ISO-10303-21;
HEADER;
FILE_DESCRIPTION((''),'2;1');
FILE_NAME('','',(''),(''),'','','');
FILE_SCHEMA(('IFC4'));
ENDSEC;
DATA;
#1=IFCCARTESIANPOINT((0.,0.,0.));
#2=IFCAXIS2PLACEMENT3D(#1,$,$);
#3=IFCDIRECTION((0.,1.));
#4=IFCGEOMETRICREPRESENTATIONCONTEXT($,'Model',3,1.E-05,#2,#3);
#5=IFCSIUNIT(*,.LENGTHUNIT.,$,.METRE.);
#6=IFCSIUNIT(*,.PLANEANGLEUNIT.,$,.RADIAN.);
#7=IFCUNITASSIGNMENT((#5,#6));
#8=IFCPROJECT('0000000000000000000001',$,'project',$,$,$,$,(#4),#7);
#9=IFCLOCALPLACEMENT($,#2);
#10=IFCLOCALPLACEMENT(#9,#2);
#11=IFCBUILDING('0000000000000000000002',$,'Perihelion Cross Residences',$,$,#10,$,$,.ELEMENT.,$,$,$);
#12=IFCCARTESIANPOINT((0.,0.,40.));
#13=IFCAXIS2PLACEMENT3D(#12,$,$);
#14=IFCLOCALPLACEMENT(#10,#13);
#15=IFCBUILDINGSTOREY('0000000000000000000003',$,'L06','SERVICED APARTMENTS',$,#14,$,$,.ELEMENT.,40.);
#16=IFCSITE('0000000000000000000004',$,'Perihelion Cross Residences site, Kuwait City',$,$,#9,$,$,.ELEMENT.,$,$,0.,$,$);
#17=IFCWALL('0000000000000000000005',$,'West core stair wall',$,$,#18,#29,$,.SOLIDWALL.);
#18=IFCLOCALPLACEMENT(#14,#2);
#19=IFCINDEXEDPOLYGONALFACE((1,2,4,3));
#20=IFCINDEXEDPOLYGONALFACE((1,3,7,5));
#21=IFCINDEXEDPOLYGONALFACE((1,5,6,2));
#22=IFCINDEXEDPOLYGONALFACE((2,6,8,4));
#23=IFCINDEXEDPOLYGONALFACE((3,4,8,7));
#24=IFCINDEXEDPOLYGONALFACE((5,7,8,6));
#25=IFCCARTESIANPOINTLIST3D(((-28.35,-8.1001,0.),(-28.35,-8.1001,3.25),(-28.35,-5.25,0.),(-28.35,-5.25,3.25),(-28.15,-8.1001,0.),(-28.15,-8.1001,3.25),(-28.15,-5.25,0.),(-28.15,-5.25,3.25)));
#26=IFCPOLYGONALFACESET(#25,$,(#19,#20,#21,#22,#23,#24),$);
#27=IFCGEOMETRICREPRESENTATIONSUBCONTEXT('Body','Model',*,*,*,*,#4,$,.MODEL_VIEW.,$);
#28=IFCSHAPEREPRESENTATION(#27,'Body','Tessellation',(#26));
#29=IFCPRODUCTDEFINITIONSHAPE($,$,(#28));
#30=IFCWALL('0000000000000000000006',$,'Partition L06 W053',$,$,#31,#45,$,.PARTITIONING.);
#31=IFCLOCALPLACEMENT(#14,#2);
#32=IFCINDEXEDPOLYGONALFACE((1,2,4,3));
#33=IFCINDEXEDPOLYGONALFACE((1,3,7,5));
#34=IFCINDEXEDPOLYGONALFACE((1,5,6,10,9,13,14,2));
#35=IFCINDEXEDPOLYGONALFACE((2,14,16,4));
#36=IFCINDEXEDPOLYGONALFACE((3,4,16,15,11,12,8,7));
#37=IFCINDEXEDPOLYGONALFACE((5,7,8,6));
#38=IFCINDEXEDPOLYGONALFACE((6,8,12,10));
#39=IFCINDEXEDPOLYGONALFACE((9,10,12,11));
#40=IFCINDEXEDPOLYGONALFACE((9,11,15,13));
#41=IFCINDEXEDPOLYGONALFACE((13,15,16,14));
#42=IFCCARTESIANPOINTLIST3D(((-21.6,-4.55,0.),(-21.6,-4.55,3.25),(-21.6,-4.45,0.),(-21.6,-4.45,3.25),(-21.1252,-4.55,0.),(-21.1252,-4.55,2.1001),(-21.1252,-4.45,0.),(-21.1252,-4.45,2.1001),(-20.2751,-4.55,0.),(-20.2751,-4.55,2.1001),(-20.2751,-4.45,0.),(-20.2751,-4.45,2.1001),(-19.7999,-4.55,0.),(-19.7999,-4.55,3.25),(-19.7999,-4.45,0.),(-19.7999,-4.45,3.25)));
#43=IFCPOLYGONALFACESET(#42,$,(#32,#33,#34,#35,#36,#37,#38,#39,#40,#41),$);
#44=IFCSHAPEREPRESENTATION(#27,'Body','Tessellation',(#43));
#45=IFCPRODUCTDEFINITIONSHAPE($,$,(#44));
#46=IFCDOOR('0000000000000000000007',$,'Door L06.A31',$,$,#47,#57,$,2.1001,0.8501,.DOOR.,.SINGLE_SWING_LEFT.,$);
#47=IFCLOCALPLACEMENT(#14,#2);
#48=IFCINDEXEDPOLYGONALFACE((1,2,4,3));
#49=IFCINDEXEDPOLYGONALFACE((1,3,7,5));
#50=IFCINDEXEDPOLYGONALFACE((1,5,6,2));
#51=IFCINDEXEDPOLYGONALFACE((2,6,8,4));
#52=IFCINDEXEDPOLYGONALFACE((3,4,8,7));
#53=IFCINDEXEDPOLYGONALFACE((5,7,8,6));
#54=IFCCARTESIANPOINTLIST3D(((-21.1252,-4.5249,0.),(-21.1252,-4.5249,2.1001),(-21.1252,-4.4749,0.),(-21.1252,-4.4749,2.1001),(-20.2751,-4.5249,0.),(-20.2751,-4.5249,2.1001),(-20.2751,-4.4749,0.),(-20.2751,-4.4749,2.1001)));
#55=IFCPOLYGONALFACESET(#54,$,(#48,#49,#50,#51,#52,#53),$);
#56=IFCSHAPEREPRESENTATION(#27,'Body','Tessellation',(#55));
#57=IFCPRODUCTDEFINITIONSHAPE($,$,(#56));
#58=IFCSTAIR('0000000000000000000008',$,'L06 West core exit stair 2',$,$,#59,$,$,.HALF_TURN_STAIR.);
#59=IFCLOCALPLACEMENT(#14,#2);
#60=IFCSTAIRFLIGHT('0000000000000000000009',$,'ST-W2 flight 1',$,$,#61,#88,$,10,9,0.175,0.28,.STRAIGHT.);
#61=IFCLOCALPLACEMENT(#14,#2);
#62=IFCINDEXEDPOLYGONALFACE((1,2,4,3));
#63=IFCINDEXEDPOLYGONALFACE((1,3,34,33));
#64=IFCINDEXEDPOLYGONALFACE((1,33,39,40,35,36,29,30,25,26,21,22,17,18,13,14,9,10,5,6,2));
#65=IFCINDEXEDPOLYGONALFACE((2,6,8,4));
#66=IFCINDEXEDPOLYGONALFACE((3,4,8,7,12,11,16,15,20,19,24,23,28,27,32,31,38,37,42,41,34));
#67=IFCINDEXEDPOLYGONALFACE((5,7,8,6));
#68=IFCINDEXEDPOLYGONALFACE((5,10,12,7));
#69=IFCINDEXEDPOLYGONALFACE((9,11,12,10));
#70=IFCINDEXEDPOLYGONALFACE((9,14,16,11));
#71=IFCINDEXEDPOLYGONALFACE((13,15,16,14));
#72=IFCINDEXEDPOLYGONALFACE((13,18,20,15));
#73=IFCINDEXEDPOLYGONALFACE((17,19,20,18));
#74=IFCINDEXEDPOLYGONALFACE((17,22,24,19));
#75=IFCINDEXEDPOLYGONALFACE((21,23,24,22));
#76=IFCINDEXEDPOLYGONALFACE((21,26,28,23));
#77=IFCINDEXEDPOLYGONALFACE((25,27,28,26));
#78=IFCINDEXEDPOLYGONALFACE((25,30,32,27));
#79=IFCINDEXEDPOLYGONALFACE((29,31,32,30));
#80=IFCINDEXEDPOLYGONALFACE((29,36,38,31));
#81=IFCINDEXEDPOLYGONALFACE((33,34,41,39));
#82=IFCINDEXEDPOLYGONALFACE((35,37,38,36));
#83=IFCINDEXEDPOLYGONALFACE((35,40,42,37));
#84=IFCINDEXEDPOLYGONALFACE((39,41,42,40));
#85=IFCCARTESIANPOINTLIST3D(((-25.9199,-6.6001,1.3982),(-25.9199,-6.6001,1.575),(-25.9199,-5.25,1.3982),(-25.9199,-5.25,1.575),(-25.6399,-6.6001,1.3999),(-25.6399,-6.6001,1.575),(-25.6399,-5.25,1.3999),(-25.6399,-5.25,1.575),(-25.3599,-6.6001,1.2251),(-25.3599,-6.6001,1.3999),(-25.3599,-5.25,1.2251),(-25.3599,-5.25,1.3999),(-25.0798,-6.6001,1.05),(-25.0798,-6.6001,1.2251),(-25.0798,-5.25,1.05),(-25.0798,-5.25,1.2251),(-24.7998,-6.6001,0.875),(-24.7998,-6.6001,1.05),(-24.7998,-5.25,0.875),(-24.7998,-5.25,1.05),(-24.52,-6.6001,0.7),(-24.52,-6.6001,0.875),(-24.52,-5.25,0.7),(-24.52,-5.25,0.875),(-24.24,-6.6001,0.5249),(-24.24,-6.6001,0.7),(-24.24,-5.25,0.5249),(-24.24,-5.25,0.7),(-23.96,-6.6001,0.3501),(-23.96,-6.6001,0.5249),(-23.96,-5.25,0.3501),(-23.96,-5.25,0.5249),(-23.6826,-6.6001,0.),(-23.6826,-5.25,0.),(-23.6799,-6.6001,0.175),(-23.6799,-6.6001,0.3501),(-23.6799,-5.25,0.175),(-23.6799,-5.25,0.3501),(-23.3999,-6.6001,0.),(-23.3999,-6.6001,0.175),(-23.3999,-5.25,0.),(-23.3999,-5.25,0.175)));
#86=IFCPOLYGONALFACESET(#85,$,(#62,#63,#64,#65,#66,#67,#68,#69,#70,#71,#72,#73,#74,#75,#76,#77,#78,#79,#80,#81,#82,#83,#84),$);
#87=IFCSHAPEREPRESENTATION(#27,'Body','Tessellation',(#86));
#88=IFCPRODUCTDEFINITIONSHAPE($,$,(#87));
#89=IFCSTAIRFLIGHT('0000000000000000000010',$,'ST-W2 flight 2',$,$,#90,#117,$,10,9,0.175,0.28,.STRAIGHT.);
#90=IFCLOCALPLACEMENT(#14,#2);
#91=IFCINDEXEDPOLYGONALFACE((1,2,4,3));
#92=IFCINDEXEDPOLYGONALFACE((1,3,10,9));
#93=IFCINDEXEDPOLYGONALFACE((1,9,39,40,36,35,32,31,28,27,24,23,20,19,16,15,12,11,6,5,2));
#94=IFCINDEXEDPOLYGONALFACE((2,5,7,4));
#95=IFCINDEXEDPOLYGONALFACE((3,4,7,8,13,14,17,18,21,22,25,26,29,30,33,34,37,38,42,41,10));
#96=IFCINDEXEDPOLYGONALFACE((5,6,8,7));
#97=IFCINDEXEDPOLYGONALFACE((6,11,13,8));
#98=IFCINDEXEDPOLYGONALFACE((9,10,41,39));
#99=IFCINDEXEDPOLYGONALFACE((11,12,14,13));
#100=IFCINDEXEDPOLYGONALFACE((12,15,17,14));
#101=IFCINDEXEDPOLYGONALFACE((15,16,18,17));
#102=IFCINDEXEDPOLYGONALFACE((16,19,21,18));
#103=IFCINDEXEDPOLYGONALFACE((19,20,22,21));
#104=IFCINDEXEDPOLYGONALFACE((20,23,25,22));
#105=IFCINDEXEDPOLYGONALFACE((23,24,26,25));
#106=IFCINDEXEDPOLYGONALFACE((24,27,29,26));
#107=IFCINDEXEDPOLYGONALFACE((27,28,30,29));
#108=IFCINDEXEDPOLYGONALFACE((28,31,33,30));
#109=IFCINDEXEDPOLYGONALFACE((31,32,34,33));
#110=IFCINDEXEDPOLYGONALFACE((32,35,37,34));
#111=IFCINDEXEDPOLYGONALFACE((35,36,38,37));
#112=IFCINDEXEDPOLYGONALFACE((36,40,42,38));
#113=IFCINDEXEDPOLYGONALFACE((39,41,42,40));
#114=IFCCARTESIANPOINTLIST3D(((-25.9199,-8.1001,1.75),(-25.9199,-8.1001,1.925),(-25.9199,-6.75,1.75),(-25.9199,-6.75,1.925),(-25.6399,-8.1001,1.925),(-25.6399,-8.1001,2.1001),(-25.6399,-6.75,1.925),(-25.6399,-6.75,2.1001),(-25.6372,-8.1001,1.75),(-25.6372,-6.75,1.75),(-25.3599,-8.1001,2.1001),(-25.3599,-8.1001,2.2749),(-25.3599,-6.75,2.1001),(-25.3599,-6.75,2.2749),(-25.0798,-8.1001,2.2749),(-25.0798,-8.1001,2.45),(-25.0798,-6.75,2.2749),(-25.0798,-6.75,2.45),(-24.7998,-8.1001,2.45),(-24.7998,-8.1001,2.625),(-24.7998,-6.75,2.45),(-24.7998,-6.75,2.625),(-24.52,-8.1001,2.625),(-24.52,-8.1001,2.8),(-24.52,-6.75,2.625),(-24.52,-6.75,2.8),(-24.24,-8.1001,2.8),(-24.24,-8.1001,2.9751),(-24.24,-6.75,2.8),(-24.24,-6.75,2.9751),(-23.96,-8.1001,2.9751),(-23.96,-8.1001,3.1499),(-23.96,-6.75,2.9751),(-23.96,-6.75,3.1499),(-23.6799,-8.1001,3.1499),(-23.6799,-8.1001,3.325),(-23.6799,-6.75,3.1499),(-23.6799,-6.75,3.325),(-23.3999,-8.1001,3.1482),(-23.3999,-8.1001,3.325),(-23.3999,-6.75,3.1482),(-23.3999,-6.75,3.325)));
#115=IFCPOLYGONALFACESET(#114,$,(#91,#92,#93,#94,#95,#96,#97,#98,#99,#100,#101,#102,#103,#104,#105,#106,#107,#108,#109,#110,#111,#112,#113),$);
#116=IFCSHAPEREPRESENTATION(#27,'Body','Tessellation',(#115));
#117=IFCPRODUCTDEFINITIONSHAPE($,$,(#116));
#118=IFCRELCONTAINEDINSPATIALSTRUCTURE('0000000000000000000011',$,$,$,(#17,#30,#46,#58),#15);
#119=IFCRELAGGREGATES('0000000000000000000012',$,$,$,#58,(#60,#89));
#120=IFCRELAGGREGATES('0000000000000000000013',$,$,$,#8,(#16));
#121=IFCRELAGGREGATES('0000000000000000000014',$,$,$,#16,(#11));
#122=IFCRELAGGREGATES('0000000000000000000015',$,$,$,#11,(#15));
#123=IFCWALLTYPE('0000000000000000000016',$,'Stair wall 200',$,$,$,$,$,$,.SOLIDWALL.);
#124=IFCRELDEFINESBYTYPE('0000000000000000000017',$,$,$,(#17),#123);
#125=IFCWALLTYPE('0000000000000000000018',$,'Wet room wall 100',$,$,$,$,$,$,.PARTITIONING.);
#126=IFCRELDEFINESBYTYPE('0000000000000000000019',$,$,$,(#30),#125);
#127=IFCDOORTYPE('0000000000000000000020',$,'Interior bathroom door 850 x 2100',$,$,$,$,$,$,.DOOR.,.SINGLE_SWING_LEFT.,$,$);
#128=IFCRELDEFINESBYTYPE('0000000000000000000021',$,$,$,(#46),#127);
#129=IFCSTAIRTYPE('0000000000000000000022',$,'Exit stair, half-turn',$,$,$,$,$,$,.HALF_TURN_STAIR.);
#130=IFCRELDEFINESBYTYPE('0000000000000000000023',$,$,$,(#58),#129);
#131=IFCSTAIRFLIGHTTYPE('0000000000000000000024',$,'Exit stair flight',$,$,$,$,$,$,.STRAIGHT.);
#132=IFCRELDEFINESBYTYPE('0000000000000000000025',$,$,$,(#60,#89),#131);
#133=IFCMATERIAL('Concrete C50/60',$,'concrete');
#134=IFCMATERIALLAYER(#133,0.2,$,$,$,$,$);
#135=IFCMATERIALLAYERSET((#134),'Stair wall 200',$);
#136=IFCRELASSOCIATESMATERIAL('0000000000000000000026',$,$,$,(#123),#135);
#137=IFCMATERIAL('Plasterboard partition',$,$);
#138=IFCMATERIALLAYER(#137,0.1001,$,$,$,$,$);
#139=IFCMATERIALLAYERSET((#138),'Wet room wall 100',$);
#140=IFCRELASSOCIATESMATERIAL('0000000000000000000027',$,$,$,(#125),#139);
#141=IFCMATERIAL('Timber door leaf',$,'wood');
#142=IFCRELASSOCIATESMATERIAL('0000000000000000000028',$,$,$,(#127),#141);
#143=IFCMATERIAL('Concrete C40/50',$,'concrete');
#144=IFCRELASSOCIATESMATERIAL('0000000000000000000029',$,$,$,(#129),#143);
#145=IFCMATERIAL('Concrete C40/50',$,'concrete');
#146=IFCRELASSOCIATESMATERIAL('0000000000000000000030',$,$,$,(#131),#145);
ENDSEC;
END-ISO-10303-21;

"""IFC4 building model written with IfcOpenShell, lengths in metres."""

from ifc_helpers import new_model, si_unit, direction, frame, frame_2d, origin, place, context, subcontext, project, spatial, polyline, rectangle, outline, extrude, material, layer, layer_set, type_object, element, fill, aggregate, save


model = new_model("IFC4")

# Units and contexts
model_context = context("Model", 3, precision=1e-05, world=origin(), true_north=direction((0.0, 1.0)))
body_context = subcontext(model_context, "Body", "Model", "MODEL_VIEW")
ifc_project = project(units=[si_unit("LENGTHUNIT", "METRE"), si_unit("PLANEANGLEUNIT", "RADIAN")], contexts=[model_context])

# Site, building, storey
site_placement = place(None, origin())
site = spatial("IfcSite", under=ifc_project, at=site_placement, Name="Perihelion Cross Residences site, Kuwait City", CompositionType="ELEMENT", RefElevation=0.0)
building_placement = place(site_placement, origin())
building = spatial("IfcBuilding", under=site, at=building_placement, Name="Perihelion Cross Residences", CompositionType="ELEMENT")
storey_placement = place(building_placement, frame((0.0, 0.0, 40.0)))
storey = spatial("IfcBuildingStorey", under=building, at=storey_placement, Name="L06", Description="SERVICED APARTMENTS", CompositionType="ELEMENT", Elevation=40.0)

# Shared definitions
ifc_material_1 = material(Name="Concrete C50/60", Category="concrete")
ifc_layer_1 = layer(ifc_material_1, 0.2)
ifc_layer_set_1 = layer_set([ifc_layer_1], Name="Stair wall 200")
wall_type_1 = type_object("IfcWallType", Name="Stair wall 200", PredefinedType="SOLIDWALL", material=ifc_layer_set_1)

# Wall
wall_1_placement = place(storey_placement, frame((-28.25, -8.1001, 0.0), z_axis=(0.0, 0.0, 1.0), x_axis=(0.0, 1.0, 0.0)))
element("IfcWall", 1, at=wall_1_placement, inside=storey, type_object=wall_type_1, Name="West core stair wall", PredefinedType="SOLIDWALL", context=body_context, shape_type="SweptSolid", body=[
    extrude(rectangle(XDim=2.8501, YDim=0.2, at=frame_2d((1.425, 0.0))), origin(), (0.0, 0.0, 1.0), 3.25),
])

# Wall, opening, door
ifc_material_2 = material(Name="Plasterboard partition")
ifc_layer_2 = layer(ifc_material_2, 0.1001)
ifc_layer_set_2 = layer_set([ifc_layer_2], Name="Wet room wall 100")
wall_type_2 = type_object("IfcWallType", Name="Wet room wall 100", PredefinedType="PARTITIONING", material=ifc_layer_set_2)
wall_2_placement = place(storey_placement, frame((-19.8, -4.5, 0.0), z_axis=(0.0, 0.0, 1.0), x_axis=(-1.0, 0.0, 0.0)))
wall_2 = element("IfcWall", 2, at=wall_2_placement, inside=storey, type_object=wall_type_2, Name="Partition L06 W053", PredefinedType="PARTITIONING", context=body_context, shape_type="SweptSolid", body=[
    extrude(rectangle(XDim=1.8, YDim=0.1001, at=frame_2d((0.8999, 0.0))), origin(), (0.0, 0.0, 1.0), 3.25),
])
opening_1_placement = place(wall_2_placement, frame((0.4751, 0.0, 0.0)))
opening_1 = element("IfcOpeningElement", 3, at=opening_1_placement, cuts=wall_2, PredefinedType="OPENING", context=body_context, shape_type="SweptSolid", body=[
    extrude(rectangle(XDim=0.8501, YDim=2.1001, at=frame_2d((0.425, 1.05))), frame((0.0, 0.0601, 0.0), z_axis=(0.0, -1.0, 0.0), x_axis=(1.0, 0.0, 0.0)), (0.0, 0.0, 1.0), 0.1201),
])
ifc_material_3 = material(Name="Timber door leaf", Category="wood")
door_type_1 = type_object("IfcDoorType", Name="Interior bathroom door 850 x 2100", OperationType="SINGLE_SWING_LEFT", PredefinedType="DOOR", material=ifc_material_3)
door_1_placement = place(opening_1_placement, origin())
door_1 = element("IfcDoor", 4, at=door_1_placement, inside=storey, type_object=door_type_1, Name="Door L06.A31", OperationType="SINGLE_SWING_LEFT", OverallHeight=2.1001, OverallWidth=0.8501, PredefinedType="DOOR", context=body_context, shape_type="SweptSolid", body=[
    extrude(rectangle(XDim=0.8501, YDim=2.1001, at=frame_2d((0.425, 1.05))), frame((0.0, 0.0249, 0.0), z_axis=(0.0, -1.0, 0.0), x_axis=(1.0, 0.0, 0.0)), (0.0, 0.0, 1.0), 0.05),
])
fill(opening_1, door_1)

# Stair, stair flights
ifc_material_4 = material(Name="Concrete C40/50", Category="concrete")
stair_type = type_object("IfcStairType", Name="Exit stair, half-turn", PredefinedType="HALF_TURN_STAIR", material=ifc_material_4)
stair_placement = place(storey_placement, origin())
stair = element("IfcStair", 5, at=stair_placement, inside=storey, type_object=stair_type, Name="L06 West core exit stair 2", PredefinedType="HALF_TURN_STAIR")
ifc_material_5 = material(Name="Concrete C40/50", Category="concrete")
stair_flight_type = type_object("IfcStairFlightType", Name="Exit stair flight", PredefinedType="STRAIGHT", material=ifc_material_5)
stair_flight_1_placement = place(storey_placement, frame((-23.3999, -5.925, 0.0), z_axis=(0.0, 0.0, 1.0), x_axis=(-1.0, 0.0, 0.0)))
stair_flight_1 = element("IfcStairFlight", 6, at=stair_flight_1_placement, type_object=stair_flight_type, Name="ST-W2 flight 1", NumberOfRisers=10, NumberOfTreads=9, PredefinedType="STRAIGHT", RiserHeight=0.175, TreadLength=0.28, context=body_context, shape_type="SweptSolid", body=[
    extrude(outline(polyline([(0.0, 0.0), (0.0, 0.175), (0.28, 0.175), (0.28, 0.3501), (0.5601, 0.3501), (0.5601, 0.5249), (0.8401, 0.5249), (0.8401, 0.7), (1.1201, 0.7), (1.1201, 0.875), (1.3999, 0.875), (1.3999, 1.05), (1.6799, 1.05), (1.6799, 1.2251), (1.96, 1.2251), (1.96, 1.3999), (2.24, 1.3999), (2.24, 1.575), (2.52, 1.575), (2.52, 1.75), (2.52, 1.3982), (0.2827, 0.0), (0.0, 0.0)])), frame((0.0, 0.675, 0.0), z_axis=(0.0, -1.0, 0.0), x_axis=(1.0, 0.0, 0.0)), (0.0, 0.0, 1.0), 1.3501),
])
stair_flight_2_placement = place(storey_placement, frame((-25.9199, -7.425, 1.75), z_axis=(0.0, 0.0, 1.0), x_axis=(1.0, 0.0, 0.0)))
stair_flight_2 = element("IfcStairFlight", 7, at=stair_flight_2_placement, type_object=stair_flight_type, Name="ST-W2 flight 2", NumberOfRisers=10, NumberOfTreads=9, PredefinedType="STRAIGHT", RiserHeight=0.175, TreadLength=0.28, context=body_context, shape_type="SweptSolid", body=[
    extrude(outline(polyline([(0.0, 0.0), (0.0, 0.175), (0.28, 0.175), (0.28, 0.3501), (0.5601, 0.3501), (0.5601, 0.5249), (0.8401, 0.5249), (0.8401, 0.7), (1.1201, 0.7), (1.1201, 0.875), (1.3999, 0.875), (1.3999, 1.05), (1.6799, 1.05), (1.6799, 1.2251), (1.96, 1.2251), (1.96, 1.3999), (2.24, 1.3999), (2.24, 1.575), (2.52, 1.575), (2.52, 1.75), (2.52, 1.3982), (0.2827, 0.0), (0.0, 0.0)])), frame((0.0, 0.675, 0.0), z_axis=(0.0, -1.0, 0.0), x_axis=(1.0, 0.0, 0.0)), (0.0, 0.0, 1.0), 1.3501),
])
aggregate(stair, [stair_flight_1, stair_flight_2])

save(model, "model.ifc")
